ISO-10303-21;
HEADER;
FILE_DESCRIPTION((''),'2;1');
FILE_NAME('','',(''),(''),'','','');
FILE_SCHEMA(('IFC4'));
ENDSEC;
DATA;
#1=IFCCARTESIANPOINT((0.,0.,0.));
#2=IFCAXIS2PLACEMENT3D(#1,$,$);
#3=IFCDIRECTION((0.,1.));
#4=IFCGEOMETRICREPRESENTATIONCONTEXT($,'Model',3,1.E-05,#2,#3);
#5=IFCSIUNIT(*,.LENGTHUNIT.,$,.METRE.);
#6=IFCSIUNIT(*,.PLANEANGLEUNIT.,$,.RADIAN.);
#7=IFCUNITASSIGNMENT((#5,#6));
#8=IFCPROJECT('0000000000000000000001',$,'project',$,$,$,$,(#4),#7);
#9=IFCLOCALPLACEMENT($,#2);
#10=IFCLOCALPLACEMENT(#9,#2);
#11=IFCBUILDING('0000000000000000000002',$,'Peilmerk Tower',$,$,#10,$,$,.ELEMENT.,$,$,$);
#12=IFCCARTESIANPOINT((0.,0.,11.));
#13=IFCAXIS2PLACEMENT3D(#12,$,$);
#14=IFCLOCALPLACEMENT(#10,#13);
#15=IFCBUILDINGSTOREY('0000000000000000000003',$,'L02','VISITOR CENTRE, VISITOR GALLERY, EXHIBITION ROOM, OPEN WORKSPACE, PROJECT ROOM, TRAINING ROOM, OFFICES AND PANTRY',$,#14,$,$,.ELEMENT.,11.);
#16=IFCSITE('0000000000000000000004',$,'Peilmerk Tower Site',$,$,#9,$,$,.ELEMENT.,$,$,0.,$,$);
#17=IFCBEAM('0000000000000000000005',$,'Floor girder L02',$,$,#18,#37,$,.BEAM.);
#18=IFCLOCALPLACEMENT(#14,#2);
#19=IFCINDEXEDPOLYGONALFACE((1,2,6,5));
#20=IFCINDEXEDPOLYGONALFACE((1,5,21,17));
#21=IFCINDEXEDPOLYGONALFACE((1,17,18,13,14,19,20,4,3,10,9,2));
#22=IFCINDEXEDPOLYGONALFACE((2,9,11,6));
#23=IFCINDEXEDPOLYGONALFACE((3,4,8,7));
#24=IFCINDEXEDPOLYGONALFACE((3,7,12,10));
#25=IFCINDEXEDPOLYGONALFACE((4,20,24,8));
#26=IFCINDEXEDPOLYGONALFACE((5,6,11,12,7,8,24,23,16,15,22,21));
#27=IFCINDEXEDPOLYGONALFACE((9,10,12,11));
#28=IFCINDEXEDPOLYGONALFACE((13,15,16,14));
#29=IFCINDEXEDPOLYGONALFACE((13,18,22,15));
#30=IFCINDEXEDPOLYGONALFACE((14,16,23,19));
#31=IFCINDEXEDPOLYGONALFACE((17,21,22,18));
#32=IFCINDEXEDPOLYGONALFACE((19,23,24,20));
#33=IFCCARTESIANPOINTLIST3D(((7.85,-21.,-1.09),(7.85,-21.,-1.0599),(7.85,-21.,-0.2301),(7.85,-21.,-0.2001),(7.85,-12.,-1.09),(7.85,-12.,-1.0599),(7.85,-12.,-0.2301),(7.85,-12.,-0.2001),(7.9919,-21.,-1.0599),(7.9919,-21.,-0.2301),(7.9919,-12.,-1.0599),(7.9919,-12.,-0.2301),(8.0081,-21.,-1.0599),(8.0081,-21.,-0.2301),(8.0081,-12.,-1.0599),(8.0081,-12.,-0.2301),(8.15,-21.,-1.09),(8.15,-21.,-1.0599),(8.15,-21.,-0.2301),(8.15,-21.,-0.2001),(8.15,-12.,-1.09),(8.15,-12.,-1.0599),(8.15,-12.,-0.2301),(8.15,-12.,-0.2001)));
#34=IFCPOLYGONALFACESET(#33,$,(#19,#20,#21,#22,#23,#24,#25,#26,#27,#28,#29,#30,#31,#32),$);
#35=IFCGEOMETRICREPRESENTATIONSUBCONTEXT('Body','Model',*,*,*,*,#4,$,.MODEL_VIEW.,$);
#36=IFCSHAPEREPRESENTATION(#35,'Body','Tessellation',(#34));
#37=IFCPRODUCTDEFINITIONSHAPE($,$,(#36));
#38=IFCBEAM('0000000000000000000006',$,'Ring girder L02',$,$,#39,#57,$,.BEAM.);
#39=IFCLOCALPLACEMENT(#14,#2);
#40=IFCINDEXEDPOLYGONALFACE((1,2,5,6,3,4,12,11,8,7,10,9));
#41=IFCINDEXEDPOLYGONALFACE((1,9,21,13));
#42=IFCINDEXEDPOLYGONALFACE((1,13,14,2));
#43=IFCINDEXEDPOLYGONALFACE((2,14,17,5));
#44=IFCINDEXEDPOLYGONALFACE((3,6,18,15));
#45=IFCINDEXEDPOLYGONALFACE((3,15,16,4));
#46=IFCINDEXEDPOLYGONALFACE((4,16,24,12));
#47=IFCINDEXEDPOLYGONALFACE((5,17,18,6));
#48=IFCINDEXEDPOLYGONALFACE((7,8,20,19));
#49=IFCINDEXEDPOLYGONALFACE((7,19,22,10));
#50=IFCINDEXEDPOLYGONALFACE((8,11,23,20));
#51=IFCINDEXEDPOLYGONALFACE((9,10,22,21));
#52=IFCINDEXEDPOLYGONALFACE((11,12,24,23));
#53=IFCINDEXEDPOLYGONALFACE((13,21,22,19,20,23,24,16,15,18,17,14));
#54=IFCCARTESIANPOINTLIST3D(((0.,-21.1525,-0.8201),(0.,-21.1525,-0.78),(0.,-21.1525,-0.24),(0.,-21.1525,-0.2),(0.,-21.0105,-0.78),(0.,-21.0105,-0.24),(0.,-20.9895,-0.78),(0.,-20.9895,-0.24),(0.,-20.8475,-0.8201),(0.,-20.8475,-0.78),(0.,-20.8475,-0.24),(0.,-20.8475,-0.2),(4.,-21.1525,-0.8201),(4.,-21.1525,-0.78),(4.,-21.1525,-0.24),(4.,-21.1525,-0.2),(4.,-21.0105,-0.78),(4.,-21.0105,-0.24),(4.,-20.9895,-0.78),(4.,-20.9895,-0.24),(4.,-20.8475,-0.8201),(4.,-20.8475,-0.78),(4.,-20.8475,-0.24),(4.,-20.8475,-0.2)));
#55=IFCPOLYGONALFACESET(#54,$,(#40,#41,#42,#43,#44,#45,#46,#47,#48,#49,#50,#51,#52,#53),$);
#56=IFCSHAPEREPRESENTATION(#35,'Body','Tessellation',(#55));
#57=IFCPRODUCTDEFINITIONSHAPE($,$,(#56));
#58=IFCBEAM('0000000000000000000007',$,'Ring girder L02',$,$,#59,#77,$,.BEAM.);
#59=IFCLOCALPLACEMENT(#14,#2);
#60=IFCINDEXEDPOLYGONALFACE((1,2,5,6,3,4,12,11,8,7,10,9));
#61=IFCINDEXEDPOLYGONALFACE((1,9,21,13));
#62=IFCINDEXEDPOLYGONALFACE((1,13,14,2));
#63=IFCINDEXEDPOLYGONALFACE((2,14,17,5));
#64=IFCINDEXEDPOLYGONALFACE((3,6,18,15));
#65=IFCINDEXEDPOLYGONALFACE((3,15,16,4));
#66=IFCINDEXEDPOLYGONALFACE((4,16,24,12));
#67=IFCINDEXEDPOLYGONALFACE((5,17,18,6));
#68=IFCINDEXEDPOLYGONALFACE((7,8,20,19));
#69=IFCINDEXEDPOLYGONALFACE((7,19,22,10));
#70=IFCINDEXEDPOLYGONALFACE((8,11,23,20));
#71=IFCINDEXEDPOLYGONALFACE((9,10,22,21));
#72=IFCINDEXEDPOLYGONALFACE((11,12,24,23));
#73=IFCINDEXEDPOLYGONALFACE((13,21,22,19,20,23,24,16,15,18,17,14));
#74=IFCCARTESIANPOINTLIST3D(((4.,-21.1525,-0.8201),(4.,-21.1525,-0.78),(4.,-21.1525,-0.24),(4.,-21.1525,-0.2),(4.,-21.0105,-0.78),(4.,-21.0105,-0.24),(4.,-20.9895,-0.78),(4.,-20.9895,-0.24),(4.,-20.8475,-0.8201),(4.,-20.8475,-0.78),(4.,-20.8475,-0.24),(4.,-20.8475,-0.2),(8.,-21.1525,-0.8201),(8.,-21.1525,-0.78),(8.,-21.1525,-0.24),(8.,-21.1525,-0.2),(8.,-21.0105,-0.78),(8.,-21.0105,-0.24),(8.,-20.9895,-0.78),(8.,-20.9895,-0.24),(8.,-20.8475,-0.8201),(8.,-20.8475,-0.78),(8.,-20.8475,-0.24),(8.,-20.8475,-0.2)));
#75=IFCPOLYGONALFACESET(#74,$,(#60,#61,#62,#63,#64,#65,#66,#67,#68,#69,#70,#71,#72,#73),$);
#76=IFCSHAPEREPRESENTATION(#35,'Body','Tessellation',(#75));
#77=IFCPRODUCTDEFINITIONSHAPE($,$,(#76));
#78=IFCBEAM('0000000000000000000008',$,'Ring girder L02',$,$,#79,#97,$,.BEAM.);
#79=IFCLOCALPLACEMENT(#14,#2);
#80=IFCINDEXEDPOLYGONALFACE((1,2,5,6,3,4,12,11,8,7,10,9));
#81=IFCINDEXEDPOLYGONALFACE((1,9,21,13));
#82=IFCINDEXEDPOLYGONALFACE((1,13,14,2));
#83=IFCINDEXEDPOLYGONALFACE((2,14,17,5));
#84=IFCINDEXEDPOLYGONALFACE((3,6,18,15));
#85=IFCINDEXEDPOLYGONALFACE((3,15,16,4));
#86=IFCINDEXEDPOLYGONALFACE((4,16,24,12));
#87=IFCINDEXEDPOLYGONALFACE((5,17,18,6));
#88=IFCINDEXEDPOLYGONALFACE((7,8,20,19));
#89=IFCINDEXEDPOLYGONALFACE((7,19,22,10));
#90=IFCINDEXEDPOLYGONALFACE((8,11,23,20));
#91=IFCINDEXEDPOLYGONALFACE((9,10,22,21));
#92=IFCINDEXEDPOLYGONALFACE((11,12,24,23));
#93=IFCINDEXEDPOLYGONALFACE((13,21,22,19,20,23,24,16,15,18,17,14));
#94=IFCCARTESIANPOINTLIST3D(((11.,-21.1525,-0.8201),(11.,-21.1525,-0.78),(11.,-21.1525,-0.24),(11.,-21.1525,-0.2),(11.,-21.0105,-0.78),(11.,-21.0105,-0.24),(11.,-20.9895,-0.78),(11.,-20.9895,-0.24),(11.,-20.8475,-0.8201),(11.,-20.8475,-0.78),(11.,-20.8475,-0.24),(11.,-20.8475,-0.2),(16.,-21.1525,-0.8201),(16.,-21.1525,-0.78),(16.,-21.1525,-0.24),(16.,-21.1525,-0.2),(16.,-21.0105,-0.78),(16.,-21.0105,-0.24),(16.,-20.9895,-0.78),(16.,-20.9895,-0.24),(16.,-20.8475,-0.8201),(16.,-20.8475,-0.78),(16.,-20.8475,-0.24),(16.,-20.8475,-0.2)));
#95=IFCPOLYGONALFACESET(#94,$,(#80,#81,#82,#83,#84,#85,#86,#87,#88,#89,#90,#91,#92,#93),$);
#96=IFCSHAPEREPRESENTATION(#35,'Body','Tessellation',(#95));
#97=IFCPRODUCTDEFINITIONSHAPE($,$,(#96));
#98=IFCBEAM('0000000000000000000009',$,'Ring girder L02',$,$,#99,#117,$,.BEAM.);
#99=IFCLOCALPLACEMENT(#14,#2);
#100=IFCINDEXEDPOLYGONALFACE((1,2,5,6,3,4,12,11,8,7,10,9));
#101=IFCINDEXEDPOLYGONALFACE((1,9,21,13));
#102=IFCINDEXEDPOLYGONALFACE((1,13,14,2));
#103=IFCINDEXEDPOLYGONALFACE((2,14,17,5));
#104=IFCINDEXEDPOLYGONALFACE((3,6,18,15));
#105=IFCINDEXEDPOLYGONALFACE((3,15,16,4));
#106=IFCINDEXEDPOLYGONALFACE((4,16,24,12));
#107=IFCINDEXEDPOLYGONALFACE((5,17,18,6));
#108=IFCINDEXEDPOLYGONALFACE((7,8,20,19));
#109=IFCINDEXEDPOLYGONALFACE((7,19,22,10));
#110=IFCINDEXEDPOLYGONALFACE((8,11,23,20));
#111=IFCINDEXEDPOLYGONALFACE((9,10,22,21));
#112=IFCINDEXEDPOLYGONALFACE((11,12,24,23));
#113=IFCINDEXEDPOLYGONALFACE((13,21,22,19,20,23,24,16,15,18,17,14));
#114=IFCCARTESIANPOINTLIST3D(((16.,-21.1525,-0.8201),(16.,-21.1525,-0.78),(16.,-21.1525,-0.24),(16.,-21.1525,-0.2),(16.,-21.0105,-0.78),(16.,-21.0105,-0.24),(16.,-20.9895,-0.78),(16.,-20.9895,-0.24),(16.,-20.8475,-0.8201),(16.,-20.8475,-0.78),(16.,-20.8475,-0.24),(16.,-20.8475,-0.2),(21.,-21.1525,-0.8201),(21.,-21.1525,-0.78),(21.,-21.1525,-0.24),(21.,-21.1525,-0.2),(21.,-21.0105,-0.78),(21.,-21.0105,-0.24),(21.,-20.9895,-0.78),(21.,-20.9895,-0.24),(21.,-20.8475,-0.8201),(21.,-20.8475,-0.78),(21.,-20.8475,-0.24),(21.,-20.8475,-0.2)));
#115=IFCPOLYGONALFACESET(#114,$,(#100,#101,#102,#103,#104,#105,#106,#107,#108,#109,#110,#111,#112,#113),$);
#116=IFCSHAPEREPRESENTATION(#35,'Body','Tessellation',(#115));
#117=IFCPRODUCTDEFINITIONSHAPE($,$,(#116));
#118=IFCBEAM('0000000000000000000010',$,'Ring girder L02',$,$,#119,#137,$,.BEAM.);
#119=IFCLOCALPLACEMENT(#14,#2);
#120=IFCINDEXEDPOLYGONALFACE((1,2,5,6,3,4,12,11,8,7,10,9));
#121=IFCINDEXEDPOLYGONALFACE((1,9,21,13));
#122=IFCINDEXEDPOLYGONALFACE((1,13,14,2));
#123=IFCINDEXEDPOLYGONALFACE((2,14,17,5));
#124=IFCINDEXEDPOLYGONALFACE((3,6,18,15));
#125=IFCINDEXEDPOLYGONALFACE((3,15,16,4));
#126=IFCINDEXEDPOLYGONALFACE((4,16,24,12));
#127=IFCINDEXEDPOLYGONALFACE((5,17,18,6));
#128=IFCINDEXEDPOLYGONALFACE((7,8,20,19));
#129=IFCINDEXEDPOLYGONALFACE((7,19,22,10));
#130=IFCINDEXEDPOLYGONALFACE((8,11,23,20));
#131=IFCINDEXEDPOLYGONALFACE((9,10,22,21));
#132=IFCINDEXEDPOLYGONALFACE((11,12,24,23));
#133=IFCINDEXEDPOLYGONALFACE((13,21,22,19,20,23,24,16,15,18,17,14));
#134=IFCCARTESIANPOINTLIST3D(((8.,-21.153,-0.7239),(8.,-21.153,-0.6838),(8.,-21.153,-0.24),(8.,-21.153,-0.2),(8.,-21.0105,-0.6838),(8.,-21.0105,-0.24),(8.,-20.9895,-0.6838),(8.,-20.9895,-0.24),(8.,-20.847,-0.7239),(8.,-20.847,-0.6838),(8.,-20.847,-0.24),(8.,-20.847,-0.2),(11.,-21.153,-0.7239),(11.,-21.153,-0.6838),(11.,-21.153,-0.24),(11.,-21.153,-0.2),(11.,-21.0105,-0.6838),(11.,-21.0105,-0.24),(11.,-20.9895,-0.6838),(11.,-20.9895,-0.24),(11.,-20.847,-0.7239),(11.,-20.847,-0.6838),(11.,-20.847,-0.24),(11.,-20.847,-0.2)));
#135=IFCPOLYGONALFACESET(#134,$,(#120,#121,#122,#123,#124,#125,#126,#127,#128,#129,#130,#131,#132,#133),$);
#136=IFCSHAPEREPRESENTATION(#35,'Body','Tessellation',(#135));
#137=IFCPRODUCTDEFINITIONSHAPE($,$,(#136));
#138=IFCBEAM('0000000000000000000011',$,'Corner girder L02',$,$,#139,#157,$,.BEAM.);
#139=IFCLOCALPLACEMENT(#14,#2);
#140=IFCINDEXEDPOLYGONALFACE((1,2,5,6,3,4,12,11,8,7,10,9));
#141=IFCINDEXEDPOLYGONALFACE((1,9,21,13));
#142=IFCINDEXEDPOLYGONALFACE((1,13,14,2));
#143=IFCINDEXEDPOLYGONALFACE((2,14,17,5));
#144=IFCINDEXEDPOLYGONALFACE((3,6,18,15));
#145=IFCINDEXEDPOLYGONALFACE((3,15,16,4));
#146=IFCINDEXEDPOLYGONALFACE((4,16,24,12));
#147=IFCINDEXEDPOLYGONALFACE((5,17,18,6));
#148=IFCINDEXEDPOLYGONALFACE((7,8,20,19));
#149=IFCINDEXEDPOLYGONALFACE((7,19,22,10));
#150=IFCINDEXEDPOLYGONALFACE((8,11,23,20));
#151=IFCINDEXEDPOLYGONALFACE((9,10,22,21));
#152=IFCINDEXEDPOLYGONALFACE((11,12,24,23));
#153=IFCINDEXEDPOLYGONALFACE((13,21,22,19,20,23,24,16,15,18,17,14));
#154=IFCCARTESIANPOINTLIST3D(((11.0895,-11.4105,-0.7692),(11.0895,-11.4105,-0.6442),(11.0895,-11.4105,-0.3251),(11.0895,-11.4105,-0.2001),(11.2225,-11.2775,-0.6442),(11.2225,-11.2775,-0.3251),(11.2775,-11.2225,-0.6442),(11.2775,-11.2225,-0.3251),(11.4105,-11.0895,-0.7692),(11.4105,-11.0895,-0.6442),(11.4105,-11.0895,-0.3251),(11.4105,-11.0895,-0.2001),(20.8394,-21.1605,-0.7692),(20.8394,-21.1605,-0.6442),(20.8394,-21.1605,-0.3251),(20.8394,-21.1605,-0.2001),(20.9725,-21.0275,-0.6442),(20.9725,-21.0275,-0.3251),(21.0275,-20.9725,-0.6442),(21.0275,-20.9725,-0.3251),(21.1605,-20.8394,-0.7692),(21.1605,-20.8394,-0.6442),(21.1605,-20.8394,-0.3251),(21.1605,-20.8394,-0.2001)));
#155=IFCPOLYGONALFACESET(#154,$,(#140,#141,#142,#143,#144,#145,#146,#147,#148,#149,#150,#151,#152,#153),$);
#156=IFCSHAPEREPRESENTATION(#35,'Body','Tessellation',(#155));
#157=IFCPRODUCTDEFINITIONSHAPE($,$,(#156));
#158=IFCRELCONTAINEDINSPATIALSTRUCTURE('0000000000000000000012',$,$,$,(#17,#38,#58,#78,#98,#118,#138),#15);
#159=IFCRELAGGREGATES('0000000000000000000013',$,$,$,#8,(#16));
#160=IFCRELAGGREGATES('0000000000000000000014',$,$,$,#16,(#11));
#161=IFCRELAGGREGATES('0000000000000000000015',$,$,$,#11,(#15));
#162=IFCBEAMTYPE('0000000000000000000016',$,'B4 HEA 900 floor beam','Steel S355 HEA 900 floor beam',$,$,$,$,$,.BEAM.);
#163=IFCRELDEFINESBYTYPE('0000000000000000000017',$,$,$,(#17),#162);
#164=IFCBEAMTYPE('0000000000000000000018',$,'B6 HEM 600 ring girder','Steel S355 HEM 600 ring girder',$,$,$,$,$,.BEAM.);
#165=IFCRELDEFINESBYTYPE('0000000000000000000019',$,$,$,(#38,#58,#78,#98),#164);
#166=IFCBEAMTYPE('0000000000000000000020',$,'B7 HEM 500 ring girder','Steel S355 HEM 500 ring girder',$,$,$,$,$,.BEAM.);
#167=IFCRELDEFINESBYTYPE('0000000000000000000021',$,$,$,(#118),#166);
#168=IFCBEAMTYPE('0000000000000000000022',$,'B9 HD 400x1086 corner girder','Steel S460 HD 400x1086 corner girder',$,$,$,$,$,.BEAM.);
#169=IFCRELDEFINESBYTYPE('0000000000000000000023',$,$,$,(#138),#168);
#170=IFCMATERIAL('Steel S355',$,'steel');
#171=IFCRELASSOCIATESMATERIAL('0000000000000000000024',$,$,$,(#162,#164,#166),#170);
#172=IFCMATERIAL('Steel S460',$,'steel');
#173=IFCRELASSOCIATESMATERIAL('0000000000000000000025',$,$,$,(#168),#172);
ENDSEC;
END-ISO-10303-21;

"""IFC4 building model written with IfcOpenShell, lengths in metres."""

from ifc_helpers import new_model, si_unit, direction, frame, origin, origin_2d, place, context, subcontext, project, spatial, i_section, extrude, material, material_profile, profile_set, type_object, element, save


model = new_model("IFC4")

# Units and contexts
model_context = context("Model", 3, precision=1e-05, world=origin(), true_north=direction((0.0, 1.0)))
body_context = subcontext(model_context, "Body", "Model", "MODEL_VIEW")
ifc_project = project(units=[si_unit("LENGTHUNIT", "METRE"), si_unit("PLANEANGLEUNIT", "RADIAN")], contexts=[model_context])

# Site, building, storey
site_placement = place(None, origin())
site = spatial("IfcSite", under=ifc_project, at=site_placement, Name="Peilmerk Tower Site", CompositionType="ELEMENT", RefElevation=0.0)
building_placement = place(site_placement, origin())
building = spatial("IfcBuilding", under=site, at=building_placement, Name="Peilmerk Tower", CompositionType="ELEMENT")
storey_placement = place(building_placement, frame((0.0, 0.0, 11.0)))
storey = spatial("IfcBuildingStorey", under=building, at=storey_placement, Name="L02", Description="VISITOR CENTRE, VISITOR GALLERY, EXHIBITION ROOM, OPEN WORKSPACE, PROJECT ROOM, TRAINING ROOM, OFFICES AND PANTRY", CompositionType="ELEMENT", Elevation=11.0)

# Beams
ifc_material_1 = material(Name="Steel S355", Category="steel")
ifc_material_profile_1 = material_profile(ifc_material_1, i_section(OverallWidth=0.3, OverallDepth=0.8899, WebThickness=0.0161, FlangeThickness=0.03, at=origin_2d()), Name="HEA 900")
ifc_profile_set_1 = profile_set([ifc_material_profile_1], Name="Steel S355")
beam_type_1 = type_object("IfcBeamType", Name="B4 HEA 900 floor beam", Description="Steel S355 HEA 900 floor beam", PredefinedType="BEAM", material=ifc_profile_set_1)
for number, where, z_axis, x_axis, name in (
    (1, (8.0, -12.0, -0.645), (0.0, -1.0, 0.0), (1.0, 0.0, 0.0), "Floor girder L02"),
):
    element("IfcBeam", number, at=place(storey_placement, frame(where, z_axis=z_axis, x_axis=x_axis)), inside=storey, type_object=beam_type_1, Name=name, PredefinedType="BEAM", context=body_context, shape_type="SweptSolid", body=[
        extrude(i_section(OverallWidth=0.3, OverallDepth=0.8899, WebThickness=0.0161, FlangeThickness=0.03, at=origin_2d()), origin(), (0.0, 0.0, 1.0), 9.0),
    ])
ifc_material_profile_2 = material_profile(ifc_material_1, i_section(OverallWidth=0.3049, OverallDepth=0.6201, WebThickness=0.021, FlangeThickness=0.04, at=origin_2d()), Name="HEM 600")
ifc_profile_set_2 = profile_set([ifc_material_profile_2], Name="Steel S355")
beam_type_2 = type_object("IfcBeamType", Name="B6 HEM 600 ring girder", Description="Steel S355 HEM 600 ring girder", PredefinedType="BEAM", material=ifc_profile_set_2)
for number, where, z_axis, x_axis, name in (
    (2, (0.0, -21.0, -0.51), (1.0, 0.0, 0.0), (0.0, 1.0, 0.0), "Ring girder L02"),
    (3, (4.0, -21.0, -0.51), (1.0, 0.0, 0.0), (0.0, 1.0, 0.0), "Ring girder L02"),
):
    element("IfcBeam", number, at=place(storey_placement, frame(where, z_axis=z_axis, x_axis=x_axis)), inside=storey, type_object=beam_type_2, Name=name, PredefinedType="BEAM", context=body_context, shape_type="SweptSolid", body=[
        extrude(i_section(OverallWidth=0.3049, OverallDepth=0.6201, WebThickness=0.021, FlangeThickness=0.04, at=origin_2d()), origin(), (0.0, 0.0, 1.0), 4.0),
    ])
for number, where, z_axis, x_axis, name in (
    (4, (11.0, -21.0, -0.51), (1.0, 0.0, 0.0), (0.0, 1.0, 0.0), "Ring girder L02"),
    (5, (16.0, -21.0, -0.51), (1.0, 0.0, 0.0), (0.0, 1.0, 0.0), "Ring girder L02"),
):
    element("IfcBeam", number, at=place(storey_placement, frame(where, z_axis=z_axis, x_axis=x_axis)), inside=storey, type_object=beam_type_2, Name=name, PredefinedType="BEAM", context=body_context, shape_type="SweptSolid", body=[
        extrude(i_section(OverallWidth=0.3049, OverallDepth=0.6201, WebThickness=0.021, FlangeThickness=0.04, at=origin_2d()), origin(), (0.0, 0.0, 1.0), 5.0),
    ])
ifc_material_profile_3 = material_profile(ifc_material_1, i_section(OverallWidth=0.3059, OverallDepth=0.5239, WebThickness=0.021, FlangeThickness=0.04, at=origin_2d()), Name="HEM 500")
ifc_profile_set_3 = profile_set([ifc_material_profile_3], Name="Steel S355")
beam_type_3 = type_object("IfcBeamType", Name="B7 HEM 500 ring girder", Description="Steel S355 HEM 500 ring girder", PredefinedType="BEAM", material=ifc_profile_set_3)
beam_1_placement = place(storey_placement, frame((8.0, -21.0, -0.4619), z_axis=(1.0, 0.0, 0.0), x_axis=(0.0, 1.0, 0.0)))
element("IfcBeam", 6, at=beam_1_placement, inside=storey, type_object=beam_type_3, Name="Ring girder L02", PredefinedType="BEAM", context=body_context, shape_type="SweptSolid", body=[
    extrude(i_section(OverallWidth=0.3059, OverallDepth=0.5239, WebThickness=0.021, FlangeThickness=0.04, at=origin_2d()), origin(), (0.0, 0.0, 1.0), 3.0),
])
ifc_material_2 = material(Name="Steel S460", Category="steel")
ifc_material_profile_4 = material_profile(ifc_material_2, i_section(OverallWidth=0.4541, OverallDepth=0.5691, WebThickness=0.0779, FlangeThickness=0.125, at=origin_2d()), Name="HD 400x1086")
ifc_profile_set_4 = profile_set([ifc_material_profile_4], Name="Steel S460")
beam_type_4 = type_object("IfcBeamType", Name="B9 HD 400x1086 corner girder", Description="Steel S460 HD 400x1086 corner girder", PredefinedType="BEAM", material=ifc_profile_set_4)
beam_2_placement = place(storey_placement, frame((11.25, -11.25, -0.4846), z_axis=(0.707107, -0.707107, 0.0), x_axis=(0.707107, 0.707107, 0.0)))
element("IfcBeam", 7, at=beam_2_placement, inside=storey, type_object=beam_type_4, Name="Corner girder L02", PredefinedType="BEAM", context=body_context, shape_type="SweptSolid", body=[
    extrude(i_section(OverallWidth=0.4541, OverallDepth=0.5691, WebThickness=0.0779, FlangeThickness=0.125, at=origin_2d()), origin(), (0.0, 0.0, 1.0), 13.7886),
])

save(model, "model.ifc")
